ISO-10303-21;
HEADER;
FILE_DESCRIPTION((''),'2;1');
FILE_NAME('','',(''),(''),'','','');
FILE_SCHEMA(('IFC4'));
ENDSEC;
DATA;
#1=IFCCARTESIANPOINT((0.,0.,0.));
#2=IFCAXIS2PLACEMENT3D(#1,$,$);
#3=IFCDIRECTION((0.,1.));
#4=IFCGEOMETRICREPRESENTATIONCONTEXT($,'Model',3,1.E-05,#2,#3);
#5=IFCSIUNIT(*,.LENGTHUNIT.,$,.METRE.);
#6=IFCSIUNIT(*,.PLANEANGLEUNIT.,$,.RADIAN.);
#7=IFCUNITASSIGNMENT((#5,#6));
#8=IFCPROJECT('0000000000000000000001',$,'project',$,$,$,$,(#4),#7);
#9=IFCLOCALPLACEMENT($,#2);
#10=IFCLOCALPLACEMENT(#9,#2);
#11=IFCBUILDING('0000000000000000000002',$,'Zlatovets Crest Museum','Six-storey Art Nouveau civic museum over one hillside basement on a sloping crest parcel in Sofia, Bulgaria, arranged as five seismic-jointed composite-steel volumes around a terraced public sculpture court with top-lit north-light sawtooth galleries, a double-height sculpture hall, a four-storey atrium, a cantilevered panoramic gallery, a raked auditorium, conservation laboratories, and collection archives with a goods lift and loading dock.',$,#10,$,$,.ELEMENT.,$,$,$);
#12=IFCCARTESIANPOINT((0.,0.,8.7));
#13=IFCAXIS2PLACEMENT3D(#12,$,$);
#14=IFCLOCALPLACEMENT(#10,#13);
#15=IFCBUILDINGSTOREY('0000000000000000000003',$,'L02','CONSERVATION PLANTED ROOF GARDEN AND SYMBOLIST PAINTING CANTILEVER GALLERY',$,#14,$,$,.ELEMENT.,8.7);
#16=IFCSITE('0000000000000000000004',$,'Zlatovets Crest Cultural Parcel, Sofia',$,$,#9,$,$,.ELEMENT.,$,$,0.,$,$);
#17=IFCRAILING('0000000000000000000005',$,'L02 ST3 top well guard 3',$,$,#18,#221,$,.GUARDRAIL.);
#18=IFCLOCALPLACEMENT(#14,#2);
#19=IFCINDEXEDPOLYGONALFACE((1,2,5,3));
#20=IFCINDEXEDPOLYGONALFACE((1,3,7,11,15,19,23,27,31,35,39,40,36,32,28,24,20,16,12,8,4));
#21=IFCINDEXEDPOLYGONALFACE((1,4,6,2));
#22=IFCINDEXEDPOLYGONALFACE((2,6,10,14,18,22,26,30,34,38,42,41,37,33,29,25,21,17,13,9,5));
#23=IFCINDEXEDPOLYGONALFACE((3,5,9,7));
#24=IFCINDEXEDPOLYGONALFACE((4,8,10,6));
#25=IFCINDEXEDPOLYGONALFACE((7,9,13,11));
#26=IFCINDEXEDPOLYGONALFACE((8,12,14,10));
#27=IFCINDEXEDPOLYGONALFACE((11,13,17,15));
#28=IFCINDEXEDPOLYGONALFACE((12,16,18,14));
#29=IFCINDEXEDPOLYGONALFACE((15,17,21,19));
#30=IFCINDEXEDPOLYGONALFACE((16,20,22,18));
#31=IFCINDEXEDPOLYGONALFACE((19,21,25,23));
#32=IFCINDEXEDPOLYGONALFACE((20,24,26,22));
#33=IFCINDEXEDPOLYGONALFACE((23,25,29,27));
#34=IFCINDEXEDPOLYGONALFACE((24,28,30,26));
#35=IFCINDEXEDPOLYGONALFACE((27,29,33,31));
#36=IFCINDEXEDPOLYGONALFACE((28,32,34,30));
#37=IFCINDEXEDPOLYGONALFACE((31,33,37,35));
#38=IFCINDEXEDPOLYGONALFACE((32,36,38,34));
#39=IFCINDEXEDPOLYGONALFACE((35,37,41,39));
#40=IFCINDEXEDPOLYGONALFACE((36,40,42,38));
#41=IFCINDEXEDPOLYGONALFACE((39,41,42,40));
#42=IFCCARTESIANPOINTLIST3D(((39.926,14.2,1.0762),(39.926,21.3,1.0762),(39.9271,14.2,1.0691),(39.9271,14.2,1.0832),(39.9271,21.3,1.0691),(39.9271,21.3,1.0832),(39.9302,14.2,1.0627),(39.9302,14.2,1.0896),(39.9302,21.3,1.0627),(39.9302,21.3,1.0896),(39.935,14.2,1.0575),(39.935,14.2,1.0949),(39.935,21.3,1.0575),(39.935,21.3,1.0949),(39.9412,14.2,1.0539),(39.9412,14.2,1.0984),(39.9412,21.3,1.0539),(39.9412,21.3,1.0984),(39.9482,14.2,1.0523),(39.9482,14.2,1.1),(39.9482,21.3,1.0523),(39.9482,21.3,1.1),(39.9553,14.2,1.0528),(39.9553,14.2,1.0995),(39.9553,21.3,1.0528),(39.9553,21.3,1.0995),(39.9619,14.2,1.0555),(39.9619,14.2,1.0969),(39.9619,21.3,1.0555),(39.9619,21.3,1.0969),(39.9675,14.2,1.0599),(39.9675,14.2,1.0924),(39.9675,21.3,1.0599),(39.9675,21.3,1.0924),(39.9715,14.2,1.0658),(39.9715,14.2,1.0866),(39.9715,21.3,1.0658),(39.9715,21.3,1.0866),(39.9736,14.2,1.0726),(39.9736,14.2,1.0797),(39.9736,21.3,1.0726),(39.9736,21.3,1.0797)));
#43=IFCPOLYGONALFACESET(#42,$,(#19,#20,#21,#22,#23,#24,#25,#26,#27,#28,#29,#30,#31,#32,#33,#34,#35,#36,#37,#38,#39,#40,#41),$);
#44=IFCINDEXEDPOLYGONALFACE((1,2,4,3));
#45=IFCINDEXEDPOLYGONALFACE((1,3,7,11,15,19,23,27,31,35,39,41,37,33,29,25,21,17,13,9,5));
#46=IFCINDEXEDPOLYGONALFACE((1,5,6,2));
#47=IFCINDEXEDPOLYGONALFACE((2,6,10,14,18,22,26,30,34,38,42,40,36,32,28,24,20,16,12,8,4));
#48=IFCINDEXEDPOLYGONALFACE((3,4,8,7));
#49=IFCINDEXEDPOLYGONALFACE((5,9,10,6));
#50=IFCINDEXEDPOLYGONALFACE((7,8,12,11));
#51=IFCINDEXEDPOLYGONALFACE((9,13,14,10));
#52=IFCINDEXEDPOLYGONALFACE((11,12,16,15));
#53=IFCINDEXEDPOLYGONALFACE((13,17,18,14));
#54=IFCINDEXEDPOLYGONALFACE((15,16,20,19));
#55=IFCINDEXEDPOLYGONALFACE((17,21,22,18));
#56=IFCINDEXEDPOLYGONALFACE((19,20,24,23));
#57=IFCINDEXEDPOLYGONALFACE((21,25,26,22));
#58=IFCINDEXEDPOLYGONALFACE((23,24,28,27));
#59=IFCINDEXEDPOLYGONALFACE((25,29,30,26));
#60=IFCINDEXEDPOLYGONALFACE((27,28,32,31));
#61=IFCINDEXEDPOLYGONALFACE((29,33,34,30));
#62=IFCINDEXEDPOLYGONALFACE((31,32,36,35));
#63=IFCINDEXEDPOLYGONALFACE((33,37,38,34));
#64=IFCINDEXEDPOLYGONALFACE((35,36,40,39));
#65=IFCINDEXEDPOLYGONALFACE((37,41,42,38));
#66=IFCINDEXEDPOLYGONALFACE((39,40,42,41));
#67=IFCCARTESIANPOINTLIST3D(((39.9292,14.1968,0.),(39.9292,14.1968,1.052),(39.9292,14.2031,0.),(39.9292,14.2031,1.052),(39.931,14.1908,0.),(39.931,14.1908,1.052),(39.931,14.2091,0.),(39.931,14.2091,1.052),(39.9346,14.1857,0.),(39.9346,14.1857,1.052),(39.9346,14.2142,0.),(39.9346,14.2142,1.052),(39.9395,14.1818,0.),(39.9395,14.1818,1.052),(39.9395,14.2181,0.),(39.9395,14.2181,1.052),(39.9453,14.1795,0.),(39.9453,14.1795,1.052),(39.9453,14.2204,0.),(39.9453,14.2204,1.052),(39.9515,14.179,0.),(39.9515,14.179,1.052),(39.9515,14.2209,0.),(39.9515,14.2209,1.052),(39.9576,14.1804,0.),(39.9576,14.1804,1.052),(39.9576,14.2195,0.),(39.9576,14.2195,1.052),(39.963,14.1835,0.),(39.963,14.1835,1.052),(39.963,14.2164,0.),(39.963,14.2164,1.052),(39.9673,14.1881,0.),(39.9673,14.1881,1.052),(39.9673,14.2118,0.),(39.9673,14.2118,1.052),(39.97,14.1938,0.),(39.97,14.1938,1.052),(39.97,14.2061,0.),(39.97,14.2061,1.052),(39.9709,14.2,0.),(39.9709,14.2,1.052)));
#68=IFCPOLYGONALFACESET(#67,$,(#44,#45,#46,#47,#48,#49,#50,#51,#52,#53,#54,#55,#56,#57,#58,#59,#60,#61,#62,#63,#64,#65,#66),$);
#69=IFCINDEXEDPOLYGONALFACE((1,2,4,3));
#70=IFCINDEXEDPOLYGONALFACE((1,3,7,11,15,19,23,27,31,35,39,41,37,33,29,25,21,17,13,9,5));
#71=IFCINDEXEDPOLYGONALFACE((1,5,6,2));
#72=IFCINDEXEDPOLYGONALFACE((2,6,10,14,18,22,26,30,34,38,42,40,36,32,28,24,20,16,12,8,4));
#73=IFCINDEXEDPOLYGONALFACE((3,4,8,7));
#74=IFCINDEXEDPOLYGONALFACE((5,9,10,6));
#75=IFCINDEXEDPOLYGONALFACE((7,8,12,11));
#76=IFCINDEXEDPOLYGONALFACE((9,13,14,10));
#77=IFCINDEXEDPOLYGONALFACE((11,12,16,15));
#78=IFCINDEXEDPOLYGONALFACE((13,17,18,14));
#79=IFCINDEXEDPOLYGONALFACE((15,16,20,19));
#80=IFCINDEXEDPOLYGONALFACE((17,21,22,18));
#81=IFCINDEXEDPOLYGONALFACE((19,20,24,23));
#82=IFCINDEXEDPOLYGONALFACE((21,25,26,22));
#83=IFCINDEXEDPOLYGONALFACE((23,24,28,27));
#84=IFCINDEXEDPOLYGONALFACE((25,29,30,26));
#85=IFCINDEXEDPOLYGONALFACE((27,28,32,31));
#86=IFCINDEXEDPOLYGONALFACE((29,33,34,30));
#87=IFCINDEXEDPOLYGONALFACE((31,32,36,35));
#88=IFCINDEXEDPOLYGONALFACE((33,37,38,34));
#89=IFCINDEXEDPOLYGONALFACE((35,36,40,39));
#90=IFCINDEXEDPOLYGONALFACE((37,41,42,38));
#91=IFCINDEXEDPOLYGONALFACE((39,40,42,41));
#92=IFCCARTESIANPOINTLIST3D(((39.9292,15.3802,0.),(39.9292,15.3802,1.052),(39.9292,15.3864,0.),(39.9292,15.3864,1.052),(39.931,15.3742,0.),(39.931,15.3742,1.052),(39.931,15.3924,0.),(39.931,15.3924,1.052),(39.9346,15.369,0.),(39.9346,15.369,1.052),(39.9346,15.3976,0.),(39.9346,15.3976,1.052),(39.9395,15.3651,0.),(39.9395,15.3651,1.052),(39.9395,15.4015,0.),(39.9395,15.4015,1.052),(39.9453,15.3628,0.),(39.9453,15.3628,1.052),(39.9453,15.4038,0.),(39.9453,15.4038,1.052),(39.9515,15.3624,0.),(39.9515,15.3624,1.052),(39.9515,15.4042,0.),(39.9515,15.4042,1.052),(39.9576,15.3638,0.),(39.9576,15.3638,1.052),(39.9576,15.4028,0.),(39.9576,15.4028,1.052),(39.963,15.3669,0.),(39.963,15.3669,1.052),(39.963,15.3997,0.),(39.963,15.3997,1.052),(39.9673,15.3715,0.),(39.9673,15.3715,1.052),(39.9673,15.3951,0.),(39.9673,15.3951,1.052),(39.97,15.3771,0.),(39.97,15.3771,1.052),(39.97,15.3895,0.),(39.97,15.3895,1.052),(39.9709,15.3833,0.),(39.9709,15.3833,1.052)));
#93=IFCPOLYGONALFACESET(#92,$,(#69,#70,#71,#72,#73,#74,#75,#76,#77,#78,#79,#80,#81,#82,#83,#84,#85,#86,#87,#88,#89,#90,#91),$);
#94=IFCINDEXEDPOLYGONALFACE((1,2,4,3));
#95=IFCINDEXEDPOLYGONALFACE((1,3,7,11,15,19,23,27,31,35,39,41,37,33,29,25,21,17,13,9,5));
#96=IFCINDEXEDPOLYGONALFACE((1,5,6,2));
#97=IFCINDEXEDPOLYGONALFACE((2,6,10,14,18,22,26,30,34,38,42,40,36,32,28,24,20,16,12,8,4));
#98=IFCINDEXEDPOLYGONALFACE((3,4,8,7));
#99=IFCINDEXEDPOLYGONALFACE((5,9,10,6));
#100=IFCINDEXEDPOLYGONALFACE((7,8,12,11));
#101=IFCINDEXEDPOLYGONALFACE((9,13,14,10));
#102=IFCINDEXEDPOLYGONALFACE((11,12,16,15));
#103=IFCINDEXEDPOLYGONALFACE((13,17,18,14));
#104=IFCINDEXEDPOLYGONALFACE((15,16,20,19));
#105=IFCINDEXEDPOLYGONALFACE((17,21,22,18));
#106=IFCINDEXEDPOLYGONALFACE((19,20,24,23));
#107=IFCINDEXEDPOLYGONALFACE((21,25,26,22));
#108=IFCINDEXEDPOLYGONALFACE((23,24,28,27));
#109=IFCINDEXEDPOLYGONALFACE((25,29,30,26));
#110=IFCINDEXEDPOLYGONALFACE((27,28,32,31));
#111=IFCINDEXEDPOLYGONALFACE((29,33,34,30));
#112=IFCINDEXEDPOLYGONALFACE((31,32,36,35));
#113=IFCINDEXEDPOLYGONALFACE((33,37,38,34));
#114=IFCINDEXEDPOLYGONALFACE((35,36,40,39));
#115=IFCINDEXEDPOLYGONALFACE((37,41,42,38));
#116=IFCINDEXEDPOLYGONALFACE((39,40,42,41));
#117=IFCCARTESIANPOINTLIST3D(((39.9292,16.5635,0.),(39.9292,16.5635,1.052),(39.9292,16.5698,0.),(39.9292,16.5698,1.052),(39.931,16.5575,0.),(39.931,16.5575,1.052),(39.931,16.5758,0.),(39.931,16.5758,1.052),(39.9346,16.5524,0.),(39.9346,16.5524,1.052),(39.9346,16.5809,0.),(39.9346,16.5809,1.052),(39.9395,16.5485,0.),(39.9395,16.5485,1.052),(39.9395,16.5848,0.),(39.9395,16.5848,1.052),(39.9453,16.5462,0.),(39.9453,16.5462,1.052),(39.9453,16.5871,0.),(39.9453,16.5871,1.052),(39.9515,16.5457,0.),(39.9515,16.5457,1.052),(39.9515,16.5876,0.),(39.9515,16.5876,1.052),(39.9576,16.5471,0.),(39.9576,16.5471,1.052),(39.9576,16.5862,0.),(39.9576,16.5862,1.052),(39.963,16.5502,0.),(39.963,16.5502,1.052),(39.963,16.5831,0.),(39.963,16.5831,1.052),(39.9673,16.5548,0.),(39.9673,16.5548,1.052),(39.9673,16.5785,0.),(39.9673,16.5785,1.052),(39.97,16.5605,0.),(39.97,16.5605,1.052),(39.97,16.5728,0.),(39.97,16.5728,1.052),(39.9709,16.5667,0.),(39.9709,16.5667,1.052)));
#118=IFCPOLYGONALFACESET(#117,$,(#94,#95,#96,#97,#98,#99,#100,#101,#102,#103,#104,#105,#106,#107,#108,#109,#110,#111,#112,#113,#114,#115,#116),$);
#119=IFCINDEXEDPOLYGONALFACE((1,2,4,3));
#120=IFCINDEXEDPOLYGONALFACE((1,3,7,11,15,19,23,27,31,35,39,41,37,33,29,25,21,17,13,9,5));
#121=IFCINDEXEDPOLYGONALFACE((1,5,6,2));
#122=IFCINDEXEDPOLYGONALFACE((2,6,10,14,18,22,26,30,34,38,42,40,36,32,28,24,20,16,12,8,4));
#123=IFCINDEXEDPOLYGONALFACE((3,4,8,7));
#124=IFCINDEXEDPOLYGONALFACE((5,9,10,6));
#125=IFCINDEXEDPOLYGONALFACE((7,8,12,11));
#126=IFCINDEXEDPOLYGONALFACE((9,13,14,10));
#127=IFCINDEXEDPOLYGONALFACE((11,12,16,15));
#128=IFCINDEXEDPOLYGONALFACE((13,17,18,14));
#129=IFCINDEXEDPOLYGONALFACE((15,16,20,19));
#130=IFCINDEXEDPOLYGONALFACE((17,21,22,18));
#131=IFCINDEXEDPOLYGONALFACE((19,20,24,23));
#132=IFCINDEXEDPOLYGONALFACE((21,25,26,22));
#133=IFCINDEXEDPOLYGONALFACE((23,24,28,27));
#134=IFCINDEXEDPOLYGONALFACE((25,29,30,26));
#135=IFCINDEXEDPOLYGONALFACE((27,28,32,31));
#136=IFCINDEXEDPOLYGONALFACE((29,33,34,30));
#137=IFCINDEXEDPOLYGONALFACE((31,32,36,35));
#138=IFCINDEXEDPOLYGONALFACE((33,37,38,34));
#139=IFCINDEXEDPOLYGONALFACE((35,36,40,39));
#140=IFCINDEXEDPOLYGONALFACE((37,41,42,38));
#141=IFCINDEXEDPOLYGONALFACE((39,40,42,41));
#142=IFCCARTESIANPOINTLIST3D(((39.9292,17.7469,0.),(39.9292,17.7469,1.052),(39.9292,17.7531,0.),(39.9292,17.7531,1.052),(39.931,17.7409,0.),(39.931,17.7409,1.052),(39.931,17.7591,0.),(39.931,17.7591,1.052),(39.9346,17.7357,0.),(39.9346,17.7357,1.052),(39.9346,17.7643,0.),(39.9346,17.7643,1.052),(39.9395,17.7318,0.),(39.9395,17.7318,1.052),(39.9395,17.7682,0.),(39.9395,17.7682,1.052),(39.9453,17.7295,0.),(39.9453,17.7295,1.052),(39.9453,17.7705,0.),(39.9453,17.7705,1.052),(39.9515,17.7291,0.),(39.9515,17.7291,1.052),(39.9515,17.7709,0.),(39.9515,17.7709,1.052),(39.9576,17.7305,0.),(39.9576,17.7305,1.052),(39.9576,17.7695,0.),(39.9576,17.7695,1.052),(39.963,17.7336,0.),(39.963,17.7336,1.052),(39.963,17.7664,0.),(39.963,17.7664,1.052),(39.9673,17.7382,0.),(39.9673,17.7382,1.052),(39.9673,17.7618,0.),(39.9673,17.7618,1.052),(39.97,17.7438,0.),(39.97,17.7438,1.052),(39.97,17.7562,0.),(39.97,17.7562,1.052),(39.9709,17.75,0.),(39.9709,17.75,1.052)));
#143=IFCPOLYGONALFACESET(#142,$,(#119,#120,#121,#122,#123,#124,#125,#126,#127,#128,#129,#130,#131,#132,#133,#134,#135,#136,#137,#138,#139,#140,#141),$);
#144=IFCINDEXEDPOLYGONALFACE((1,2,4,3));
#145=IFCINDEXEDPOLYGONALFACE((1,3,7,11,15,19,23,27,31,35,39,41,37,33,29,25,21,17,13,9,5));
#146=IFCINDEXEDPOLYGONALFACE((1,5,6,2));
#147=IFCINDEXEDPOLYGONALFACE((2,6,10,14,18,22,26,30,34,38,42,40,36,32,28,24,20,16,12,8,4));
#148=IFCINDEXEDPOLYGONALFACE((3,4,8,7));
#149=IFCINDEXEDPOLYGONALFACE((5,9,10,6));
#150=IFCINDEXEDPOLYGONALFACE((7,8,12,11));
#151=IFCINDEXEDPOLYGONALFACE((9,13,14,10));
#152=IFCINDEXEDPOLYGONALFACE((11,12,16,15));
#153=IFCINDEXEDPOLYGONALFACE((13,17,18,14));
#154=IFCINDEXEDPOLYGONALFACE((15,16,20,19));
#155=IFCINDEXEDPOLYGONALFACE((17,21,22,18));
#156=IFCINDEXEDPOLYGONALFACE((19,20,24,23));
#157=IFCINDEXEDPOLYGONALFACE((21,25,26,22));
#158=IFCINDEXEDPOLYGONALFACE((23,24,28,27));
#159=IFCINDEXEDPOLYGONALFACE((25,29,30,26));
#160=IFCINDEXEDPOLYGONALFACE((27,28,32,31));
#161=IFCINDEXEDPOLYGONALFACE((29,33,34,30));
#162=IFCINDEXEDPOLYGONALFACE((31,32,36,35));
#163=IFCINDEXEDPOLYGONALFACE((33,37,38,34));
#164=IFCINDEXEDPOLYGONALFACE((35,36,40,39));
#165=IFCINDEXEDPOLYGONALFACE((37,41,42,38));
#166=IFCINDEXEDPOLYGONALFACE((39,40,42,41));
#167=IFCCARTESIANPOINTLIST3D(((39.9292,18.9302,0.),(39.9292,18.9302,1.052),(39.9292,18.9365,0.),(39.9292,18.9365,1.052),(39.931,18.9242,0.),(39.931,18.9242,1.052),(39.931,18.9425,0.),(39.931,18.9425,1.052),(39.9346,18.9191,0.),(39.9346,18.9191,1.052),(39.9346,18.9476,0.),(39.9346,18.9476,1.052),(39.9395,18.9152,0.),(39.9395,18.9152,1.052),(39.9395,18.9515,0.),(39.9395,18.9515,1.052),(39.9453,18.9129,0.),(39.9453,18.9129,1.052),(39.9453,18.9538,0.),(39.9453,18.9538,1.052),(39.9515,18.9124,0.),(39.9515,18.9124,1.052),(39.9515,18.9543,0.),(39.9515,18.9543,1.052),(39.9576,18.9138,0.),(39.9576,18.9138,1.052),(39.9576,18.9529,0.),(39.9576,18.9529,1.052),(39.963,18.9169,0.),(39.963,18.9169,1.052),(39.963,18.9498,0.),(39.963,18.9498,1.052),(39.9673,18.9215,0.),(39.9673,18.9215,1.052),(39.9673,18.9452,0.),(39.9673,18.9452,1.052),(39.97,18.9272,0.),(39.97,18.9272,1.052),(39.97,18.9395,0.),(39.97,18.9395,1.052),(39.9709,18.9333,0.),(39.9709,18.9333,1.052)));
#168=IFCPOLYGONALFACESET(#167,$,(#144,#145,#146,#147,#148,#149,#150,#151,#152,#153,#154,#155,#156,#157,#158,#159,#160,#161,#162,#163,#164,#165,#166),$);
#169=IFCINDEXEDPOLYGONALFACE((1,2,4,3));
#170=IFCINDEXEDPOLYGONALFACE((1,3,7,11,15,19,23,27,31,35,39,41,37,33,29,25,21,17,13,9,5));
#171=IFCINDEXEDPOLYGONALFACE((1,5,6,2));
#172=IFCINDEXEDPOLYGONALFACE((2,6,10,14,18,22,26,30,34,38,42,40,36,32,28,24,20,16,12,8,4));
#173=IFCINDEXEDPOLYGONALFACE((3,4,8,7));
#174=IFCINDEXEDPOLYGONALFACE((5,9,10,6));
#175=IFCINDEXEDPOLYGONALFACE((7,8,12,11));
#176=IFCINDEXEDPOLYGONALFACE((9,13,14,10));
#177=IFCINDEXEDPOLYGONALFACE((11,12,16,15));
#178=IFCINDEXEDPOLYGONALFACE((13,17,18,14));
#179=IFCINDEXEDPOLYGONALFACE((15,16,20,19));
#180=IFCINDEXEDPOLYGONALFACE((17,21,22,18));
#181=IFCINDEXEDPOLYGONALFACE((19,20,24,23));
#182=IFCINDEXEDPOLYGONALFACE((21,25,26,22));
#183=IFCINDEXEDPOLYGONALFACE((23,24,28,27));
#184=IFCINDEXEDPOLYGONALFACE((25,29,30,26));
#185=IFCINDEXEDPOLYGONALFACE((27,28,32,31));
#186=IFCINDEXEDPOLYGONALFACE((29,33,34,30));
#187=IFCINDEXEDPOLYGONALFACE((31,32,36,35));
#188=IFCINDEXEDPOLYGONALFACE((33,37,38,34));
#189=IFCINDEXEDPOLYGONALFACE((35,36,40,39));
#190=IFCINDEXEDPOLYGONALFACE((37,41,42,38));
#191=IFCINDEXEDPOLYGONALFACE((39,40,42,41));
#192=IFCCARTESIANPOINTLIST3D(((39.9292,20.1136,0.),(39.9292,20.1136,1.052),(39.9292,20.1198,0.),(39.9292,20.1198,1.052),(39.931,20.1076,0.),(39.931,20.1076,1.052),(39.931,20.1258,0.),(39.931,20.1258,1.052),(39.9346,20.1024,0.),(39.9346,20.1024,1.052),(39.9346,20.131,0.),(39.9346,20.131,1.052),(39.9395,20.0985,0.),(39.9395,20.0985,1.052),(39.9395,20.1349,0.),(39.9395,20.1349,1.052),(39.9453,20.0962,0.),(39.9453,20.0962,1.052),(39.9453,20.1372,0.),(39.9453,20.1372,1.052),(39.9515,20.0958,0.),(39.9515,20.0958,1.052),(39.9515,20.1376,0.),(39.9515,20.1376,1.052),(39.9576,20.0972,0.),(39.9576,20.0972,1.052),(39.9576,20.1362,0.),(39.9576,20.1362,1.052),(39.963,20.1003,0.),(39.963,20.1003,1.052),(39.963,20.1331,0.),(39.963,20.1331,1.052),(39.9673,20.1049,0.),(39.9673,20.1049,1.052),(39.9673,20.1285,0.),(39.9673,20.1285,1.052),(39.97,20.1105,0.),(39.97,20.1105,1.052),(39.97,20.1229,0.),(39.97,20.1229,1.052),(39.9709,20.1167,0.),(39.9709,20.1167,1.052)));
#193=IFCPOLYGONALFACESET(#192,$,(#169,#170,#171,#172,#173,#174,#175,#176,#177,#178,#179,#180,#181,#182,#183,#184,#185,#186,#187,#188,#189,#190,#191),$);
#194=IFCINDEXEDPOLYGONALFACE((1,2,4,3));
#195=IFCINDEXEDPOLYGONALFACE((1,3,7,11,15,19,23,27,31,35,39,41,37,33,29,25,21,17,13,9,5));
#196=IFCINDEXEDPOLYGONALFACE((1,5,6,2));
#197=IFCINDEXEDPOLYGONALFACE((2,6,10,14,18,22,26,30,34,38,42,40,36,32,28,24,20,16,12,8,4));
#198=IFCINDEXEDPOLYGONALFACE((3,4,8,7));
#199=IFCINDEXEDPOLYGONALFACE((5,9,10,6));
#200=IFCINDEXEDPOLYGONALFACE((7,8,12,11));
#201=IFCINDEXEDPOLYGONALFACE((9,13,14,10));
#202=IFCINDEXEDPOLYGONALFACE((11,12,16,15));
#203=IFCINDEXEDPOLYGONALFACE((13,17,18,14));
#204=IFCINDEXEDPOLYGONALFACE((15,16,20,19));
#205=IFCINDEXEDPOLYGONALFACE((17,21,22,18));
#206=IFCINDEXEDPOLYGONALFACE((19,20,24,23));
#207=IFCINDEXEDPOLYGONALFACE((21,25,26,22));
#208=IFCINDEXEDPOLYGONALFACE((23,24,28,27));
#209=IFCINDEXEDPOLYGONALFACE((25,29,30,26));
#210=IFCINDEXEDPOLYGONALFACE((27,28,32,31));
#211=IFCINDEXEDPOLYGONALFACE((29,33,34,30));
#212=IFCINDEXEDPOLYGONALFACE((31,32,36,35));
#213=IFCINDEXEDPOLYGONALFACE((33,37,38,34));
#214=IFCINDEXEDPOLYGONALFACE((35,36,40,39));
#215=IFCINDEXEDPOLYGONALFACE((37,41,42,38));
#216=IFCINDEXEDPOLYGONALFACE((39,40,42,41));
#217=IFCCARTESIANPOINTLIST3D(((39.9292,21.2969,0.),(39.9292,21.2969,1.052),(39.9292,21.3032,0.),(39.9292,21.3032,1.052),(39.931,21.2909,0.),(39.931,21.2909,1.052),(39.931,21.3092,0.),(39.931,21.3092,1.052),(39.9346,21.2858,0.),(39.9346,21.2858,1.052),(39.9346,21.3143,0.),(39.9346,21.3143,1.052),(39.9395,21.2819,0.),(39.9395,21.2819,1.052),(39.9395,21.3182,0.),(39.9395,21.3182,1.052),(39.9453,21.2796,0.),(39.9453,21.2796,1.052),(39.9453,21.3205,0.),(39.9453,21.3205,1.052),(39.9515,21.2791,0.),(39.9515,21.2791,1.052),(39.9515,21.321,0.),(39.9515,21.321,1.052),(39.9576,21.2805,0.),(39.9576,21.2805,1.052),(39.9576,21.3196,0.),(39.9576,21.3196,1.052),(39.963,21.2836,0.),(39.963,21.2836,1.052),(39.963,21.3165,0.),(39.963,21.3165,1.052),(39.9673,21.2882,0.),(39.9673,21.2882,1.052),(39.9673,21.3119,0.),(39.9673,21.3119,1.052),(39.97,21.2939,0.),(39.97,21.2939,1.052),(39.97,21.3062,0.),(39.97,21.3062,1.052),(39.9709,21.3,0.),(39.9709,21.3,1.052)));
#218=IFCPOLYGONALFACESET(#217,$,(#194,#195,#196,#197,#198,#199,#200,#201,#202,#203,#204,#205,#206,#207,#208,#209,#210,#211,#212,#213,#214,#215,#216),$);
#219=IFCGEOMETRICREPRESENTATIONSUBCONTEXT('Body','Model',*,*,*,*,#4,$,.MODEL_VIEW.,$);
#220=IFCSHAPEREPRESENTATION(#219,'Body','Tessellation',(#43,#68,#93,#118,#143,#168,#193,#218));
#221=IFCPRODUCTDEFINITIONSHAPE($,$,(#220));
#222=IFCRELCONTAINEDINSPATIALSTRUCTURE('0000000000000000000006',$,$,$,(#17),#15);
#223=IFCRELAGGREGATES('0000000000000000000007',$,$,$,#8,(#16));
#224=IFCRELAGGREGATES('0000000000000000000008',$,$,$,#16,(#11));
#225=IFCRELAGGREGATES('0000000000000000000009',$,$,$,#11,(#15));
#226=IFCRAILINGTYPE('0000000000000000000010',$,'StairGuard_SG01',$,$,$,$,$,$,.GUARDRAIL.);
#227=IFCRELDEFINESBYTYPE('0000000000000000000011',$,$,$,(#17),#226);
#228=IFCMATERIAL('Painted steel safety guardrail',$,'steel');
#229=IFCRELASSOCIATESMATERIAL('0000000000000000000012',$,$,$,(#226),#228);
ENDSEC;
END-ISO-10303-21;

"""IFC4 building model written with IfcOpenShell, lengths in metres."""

from ifc_helpers import new_model, si_unit, direction, frame, origin, origin_2d, place, context, subcontext, project, spatial, circle, extrude, material, type_object, element, save


model = new_model("IFC4")

# Units and contexts
model_context = context("Model", 3, precision=1e-05, world=origin(), true_north=direction((0.0, 1.0)))
body_context = subcontext(model_context, "Body", "Model", "MODEL_VIEW")
ifc_project = project(units=[si_unit("LENGTHUNIT", "METRE"), si_unit("PLANEANGLEUNIT", "RADIAN")], contexts=[model_context])

# Site, building, storey
site_placement = place(None, origin())
site = spatial("IfcSite", under=ifc_project, at=site_placement, Name="Zlatovets Crest Cultural Parcel, Sofia", CompositionType="ELEMENT", RefElevation=0.0)
building_placement = place(site_placement, origin())
building = spatial("IfcBuilding", under=site, at=building_placement, Name="Zlatovets Crest Museum", Description="Six-storey Art Nouveau civic museum over one hillside basement on a sloping crest parcel in Sofia, Bulgaria, arranged as five seismic-jointed composite-steel volumes around a terraced public sculpture court with top-lit north-light sawtooth galleries, a double-height sculpture hall, a four-storey atrium, a cantilevered panoramic gallery, a raked auditorium, conservation laboratories, and collection archives with a goods lift and loading dock.", CompositionType="ELEMENT")
storey_placement = place(building_placement, frame((0.0, 0.0, 8.7)))
storey = spatial("IfcBuildingStorey", under=building, at=storey_placement, Name="L02", Description="CONSERVATION PLANTED ROOF GARDEN AND SYMBOLIST PAINTING CANTILEVER GALLERY", CompositionType="ELEMENT", Elevation=8.7)

# Railing
ifc_material_1 = material(Name="Painted steel safety guardrail", Category="steel")
railing_type = type_object("IfcRailingType", Name="StairGuard_SG01", PredefinedType="GUARDRAIL", material=ifc_material_1)
for number, where, name in (
    (1, (39.95, 14.2, 0.0), "L02 ST3 top well guard 3"),
):
    element("IfcRailing", number, at=place(storey_placement, frame(where)), inside=storey, type_object=railing_type, Name=name, PredefinedType="GUARDRAIL", context=body_context, shape_type="SweptSolid", body=[
        extrude(circle(Radius=0.0239, at=origin_2d()), frame((0.0, 0.0, 1.0762), z_axis=(0.0, 1.0, 0.0), x_axis=(-1.0, 0.0, 0.0)), (0.0, 0.0, 1.0), 7.1001),
        extrude(circle(Radius=0.021, at=origin_2d()), origin(), (0.0, 0.0, 1.0), 1.052),
        extrude(circle(Radius=0.021, at=origin_2d()), frame((0.0, 1.1833, 0.0)), (0.0, 0.0, 1.0), 1.052),
        extrude(circle(Radius=0.021, at=origin_2d()), frame((0.0, 2.3667, 0.0)), (0.0, 0.0, 1.0), 1.052),
        extrude(circle(Radius=0.021, at=origin_2d()), frame((0.0, 3.55, 0.0)), (0.0, 0.0, 1.0), 1.052),
        extrude(circle(Radius=0.021, at=origin_2d()), frame((0.0, 4.7334, 0.0)), (0.0, 0.0, 1.0), 1.052),
        extrude(circle(Radius=0.021, at=origin_2d()), frame((0.0, 5.9167, 0.0)), (0.0, 0.0, 1.0), 1.052),
        extrude(circle(Radius=0.021, at=origin_2d()), frame((0.0, 7.1001, 0.0)), (0.0, 0.0, 1.0), 1.052),
    ])

save(model, "model.ifc")
